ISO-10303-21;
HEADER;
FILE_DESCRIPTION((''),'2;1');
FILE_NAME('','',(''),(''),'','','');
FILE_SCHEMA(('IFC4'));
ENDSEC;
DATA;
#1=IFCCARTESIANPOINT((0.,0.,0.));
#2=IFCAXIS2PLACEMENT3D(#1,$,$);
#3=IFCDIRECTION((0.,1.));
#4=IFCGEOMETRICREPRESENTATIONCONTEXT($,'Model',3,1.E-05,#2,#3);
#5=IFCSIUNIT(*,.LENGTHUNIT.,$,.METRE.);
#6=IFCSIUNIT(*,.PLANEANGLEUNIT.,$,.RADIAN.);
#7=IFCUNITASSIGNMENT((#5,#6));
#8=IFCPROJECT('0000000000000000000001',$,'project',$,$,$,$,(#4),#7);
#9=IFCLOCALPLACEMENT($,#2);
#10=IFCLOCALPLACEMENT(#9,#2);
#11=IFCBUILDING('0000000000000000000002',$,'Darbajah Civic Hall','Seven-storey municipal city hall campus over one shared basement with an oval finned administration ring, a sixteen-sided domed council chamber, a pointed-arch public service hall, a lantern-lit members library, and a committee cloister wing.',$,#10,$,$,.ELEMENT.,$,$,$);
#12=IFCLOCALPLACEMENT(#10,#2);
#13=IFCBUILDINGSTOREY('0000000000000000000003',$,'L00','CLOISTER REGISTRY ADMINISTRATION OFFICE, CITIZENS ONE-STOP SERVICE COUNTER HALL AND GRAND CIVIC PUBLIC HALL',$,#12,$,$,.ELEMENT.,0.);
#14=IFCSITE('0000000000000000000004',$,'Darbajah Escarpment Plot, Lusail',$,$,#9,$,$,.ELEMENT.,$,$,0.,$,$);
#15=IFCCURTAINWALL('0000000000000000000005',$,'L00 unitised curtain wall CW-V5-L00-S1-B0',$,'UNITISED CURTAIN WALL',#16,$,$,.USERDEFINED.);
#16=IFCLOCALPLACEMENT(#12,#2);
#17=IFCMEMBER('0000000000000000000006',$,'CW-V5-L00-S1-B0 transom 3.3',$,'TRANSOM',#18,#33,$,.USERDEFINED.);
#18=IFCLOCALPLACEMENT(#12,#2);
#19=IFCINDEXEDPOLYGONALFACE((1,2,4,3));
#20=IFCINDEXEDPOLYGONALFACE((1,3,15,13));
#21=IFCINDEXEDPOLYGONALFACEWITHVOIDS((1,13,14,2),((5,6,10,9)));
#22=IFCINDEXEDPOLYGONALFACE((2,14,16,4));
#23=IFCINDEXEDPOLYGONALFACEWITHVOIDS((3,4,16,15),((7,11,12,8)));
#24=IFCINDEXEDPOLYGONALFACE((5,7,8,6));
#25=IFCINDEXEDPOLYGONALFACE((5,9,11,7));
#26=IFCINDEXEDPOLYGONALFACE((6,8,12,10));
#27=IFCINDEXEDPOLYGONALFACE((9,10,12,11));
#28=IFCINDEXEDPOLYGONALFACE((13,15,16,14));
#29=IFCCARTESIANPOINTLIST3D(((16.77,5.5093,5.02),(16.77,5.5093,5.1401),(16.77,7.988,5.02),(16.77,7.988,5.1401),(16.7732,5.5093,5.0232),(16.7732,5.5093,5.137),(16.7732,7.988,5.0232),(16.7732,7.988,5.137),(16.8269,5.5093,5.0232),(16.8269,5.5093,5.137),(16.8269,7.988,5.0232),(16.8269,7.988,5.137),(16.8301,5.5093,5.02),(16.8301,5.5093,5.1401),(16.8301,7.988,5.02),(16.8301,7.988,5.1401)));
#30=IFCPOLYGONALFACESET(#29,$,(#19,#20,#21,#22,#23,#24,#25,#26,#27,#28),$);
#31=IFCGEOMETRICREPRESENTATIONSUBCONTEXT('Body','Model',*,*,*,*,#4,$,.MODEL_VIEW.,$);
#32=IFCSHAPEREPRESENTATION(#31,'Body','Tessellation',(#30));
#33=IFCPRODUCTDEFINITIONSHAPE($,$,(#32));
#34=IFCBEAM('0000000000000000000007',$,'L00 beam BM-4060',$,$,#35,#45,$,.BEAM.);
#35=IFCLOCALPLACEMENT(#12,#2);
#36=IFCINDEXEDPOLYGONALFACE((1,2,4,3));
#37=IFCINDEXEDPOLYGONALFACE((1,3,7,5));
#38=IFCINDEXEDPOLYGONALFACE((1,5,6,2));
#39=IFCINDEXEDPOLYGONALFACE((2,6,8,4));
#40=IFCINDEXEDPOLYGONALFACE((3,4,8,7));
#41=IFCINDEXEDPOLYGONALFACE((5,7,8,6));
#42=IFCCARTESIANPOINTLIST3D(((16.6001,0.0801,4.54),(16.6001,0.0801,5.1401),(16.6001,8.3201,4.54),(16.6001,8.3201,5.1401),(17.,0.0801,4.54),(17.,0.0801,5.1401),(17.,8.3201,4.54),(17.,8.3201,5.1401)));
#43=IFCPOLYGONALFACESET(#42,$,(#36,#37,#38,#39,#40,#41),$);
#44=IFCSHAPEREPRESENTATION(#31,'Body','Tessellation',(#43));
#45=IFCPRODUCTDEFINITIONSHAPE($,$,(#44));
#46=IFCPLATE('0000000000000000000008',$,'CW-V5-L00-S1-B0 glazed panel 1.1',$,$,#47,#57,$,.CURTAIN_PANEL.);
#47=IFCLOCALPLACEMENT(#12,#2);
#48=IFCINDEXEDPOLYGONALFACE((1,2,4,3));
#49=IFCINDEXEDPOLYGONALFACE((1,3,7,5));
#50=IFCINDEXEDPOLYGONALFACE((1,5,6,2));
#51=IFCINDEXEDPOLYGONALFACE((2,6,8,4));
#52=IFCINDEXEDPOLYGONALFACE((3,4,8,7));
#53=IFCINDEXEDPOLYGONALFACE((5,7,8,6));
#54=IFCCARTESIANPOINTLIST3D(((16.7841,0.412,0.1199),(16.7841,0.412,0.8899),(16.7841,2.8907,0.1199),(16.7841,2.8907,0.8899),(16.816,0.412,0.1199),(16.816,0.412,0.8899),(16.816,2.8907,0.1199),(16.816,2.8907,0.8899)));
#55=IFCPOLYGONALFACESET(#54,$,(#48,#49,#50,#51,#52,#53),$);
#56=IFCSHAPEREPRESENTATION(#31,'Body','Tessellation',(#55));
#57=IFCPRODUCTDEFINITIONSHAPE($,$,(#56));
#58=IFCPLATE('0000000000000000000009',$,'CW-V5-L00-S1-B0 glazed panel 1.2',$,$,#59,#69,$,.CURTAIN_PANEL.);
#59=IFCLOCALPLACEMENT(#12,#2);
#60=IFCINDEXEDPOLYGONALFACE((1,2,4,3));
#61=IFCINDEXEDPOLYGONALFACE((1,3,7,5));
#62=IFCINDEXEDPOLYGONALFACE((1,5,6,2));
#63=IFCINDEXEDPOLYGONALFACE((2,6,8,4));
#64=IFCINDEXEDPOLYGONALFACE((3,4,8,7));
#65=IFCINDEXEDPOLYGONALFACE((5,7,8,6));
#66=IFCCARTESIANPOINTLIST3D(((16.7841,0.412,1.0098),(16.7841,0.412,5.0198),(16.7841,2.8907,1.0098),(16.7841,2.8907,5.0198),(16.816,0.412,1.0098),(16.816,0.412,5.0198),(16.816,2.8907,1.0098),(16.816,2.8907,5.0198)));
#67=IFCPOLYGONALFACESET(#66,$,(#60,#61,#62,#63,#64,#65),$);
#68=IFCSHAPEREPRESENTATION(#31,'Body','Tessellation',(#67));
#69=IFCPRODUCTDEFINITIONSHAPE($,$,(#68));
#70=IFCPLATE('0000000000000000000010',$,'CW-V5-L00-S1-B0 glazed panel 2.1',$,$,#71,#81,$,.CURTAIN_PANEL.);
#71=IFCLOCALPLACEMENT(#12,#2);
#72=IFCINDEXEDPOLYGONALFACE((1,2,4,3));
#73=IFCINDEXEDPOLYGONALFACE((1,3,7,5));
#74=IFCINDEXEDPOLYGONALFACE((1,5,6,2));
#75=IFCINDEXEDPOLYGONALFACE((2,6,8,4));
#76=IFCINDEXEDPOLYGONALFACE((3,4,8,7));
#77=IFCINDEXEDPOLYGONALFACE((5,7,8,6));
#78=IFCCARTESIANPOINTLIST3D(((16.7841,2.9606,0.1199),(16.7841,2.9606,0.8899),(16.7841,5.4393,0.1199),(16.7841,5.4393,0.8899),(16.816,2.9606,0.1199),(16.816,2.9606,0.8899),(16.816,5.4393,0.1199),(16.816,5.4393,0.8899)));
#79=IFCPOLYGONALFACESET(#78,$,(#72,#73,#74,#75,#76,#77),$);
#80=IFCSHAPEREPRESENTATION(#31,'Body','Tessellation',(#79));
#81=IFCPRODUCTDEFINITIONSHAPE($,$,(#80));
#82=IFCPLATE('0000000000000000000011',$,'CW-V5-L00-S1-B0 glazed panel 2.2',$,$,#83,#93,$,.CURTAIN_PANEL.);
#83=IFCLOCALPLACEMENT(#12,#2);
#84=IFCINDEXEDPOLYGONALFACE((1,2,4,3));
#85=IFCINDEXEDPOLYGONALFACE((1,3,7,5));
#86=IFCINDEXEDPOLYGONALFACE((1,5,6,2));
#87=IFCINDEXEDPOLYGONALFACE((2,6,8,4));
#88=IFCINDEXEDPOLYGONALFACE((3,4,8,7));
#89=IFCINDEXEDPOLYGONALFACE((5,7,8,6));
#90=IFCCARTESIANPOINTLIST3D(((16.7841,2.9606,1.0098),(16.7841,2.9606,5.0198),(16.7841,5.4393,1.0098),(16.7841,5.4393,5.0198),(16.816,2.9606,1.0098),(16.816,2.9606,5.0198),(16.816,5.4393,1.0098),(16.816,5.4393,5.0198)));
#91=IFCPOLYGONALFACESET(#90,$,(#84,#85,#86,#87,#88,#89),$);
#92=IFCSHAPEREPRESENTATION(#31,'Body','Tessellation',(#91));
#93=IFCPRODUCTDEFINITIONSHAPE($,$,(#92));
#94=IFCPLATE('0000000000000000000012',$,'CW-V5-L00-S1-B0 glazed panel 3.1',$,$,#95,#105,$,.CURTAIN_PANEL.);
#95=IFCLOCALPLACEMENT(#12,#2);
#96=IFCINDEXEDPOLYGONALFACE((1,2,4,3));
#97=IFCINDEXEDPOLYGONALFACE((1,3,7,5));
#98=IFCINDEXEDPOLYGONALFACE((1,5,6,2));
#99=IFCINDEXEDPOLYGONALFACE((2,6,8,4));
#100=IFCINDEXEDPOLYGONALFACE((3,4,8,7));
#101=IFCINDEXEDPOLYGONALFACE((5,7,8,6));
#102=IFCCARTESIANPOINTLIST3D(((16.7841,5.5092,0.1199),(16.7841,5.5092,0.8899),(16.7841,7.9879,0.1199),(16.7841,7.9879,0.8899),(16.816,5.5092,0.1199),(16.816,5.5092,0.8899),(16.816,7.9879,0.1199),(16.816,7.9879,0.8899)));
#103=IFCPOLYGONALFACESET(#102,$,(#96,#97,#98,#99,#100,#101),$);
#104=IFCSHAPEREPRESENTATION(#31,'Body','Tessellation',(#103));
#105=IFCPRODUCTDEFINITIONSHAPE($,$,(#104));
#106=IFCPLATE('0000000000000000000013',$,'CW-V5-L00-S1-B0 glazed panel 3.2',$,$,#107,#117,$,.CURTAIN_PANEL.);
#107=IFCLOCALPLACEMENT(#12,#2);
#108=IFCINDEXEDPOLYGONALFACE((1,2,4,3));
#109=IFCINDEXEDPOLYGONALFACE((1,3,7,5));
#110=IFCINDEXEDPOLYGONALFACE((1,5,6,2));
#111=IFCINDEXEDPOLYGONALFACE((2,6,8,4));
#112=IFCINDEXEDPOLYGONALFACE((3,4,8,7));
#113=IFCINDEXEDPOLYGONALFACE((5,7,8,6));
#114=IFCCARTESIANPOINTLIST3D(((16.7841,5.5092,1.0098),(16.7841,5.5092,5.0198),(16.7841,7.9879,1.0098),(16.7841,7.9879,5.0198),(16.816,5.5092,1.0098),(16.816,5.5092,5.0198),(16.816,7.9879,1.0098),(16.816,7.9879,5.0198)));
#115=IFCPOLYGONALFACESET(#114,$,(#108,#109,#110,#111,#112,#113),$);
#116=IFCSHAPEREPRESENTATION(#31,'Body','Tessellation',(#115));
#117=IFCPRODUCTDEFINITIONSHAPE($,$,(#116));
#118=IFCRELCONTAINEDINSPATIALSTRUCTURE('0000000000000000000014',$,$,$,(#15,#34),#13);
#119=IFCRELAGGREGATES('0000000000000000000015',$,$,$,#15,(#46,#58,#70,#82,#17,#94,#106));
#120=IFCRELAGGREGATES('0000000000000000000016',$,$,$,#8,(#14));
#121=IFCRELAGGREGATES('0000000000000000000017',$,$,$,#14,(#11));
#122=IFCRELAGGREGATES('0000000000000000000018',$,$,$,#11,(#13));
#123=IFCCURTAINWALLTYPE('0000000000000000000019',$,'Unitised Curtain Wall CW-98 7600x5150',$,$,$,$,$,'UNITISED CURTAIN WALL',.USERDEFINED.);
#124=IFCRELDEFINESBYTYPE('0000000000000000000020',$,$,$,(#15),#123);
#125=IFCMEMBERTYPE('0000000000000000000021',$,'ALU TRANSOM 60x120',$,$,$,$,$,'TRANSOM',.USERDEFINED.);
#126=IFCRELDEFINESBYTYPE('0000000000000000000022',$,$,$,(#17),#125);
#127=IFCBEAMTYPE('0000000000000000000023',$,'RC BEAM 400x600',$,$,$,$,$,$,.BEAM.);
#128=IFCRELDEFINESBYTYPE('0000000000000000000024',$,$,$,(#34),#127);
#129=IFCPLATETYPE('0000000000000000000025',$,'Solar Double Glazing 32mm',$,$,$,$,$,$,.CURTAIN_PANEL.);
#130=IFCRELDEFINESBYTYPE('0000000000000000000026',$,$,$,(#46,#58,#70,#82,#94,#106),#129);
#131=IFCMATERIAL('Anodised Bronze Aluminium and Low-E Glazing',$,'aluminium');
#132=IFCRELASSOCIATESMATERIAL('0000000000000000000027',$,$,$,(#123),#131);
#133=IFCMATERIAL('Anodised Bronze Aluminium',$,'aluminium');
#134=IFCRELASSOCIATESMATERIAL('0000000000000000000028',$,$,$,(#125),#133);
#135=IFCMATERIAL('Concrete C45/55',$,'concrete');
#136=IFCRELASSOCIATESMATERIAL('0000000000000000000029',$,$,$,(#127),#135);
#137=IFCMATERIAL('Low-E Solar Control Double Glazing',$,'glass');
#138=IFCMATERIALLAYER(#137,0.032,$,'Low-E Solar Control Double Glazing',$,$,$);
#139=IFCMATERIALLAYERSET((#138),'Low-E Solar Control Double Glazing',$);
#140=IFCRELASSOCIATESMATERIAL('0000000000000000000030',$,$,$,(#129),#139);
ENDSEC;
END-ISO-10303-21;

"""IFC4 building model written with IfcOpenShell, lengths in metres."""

from ifc_helpers import new_model, si_unit, direction, frame, origin, origin_2d, place, context, subcontext, project, spatial, rectangle, hollow_rectangle, extrude, material, layer, layer_set, material_profile, profile_set, type_object, element, aggregate, save


model = new_model("IFC4")

# Units and contexts
model_context = context("Model", 3, precision=1e-05, world=origin(), true_north=direction((0.0, 1.0)))
body_context = subcontext(model_context, "Body", "Model", "MODEL_VIEW")
ifc_project = project(units=[si_unit("LENGTHUNIT", "METRE"), si_unit("PLANEANGLEUNIT", "RADIAN")], contexts=[model_context])

# Site, building, storey
site_placement = place(None, origin())
site = spatial("IfcSite", under=ifc_project, at=site_placement, Name="Darbajah Escarpment Plot, Lusail", CompositionType="ELEMENT", RefElevation=0.0)
building_placement = place(site_placement, origin())
building = spatial("IfcBuilding", under=site, at=building_placement, Name="Darbajah Civic Hall", Description="Seven-storey municipal city hall campus over one shared basement with an oval finned administration ring, a sixteen-sided domed council chamber, a pointed-arch public service hall, a lantern-lit members library, and a committee cloister wing.", CompositionType="ELEMENT")
storey_placement = place(building_placement, origin())
storey = spatial("IfcBuildingStorey", under=building, at=storey_placement, Name="L00", Description="CLOISTER REGISTRY ADMINISTRATION OFFICE, CITIZENS ONE-STOP SERVICE COUNTER HALL AND GRAND CIVIC PUBLIC HALL", CompositionType="ELEMENT", Elevation=0.0)

# Curtain wall, member
ifc_material_1 = material(Name="Anodised Bronze Aluminium and Low-E Glazing", Category="aluminium")
curtain_wall_type = type_object("IfcCurtainWallType", Name="Unitised Curtain Wall CW-98 7600x5150", ElementType="UNITISED CURTAIN WALL", PredefinedType="USERDEFINED", material=ifc_material_1)
curtain_wall_placement = place(storey_placement, origin())
curtain_wall = element("IfcCurtainWall", 1, at=curtain_wall_placement, inside=storey, type_object=curtain_wall_type, Name="L00 unitised curtain wall CW-V5-L00-S1-B0", ObjectType="UNITISED CURTAIN WALL", PredefinedType="USERDEFINED")
ifc_material_2 = material(Name="Anodised Bronze Aluminium", Category="aluminium")
ifc_material_profile_1 = material_profile(ifc_material_2, hollow_rectangle(XDim=0.0601, YDim=0.1201, WallThickness=0.0032, at=origin_2d()), Name="ALU TRANSOM 60x120")
ifc_profile_set_1 = profile_set([ifc_material_profile_1], Name="Anodised Bronze Aluminium")
member_type_1 = type_object("IfcMemberType", Name="ALU TRANSOM 60x120", ElementType="TRANSOM", PredefinedType="USERDEFINED", material=ifc_profile_set_1)
member_1_placement = place(storey_placement, frame((16.8, 5.5093, 5.0801), z_axis=(0.0, 1.0, 0.0), x_axis=(-1.0, 0.0, 0.0)))
member_1 = element("IfcMember", 2, at=member_1_placement, type_object=member_type_1, Name="CW-V5-L00-S1-B0 transom 3.3", ObjectType="TRANSOM", PredefinedType="USERDEFINED", context=body_context, shape_type="SweptSolid", body=[
    extrude(hollow_rectangle(XDim=0.0601, YDim=0.1201, WallThickness=0.0032, at=origin_2d()), origin(), (0.0, 0.0, 1.0), 2.4788),
])

# Beam
ifc_material_3 = material(Name="Concrete C45/55", Category="concrete")
ifc_material_profile_2 = material_profile(ifc_material_3, rectangle(XDim=0.3999, YDim=0.6001, at=origin_2d()), Name="RC BEAM 400x600")
ifc_profile_set_2 = profile_set([ifc_material_profile_2], Name="Concrete C45/55")
beam_type = type_object("IfcBeamType", Name="RC BEAM 400x600", PredefinedType="BEAM", material=ifc_profile_set_2)
beam_placement = place(storey_placement, frame((16.8, 0.0801, 4.8401), z_axis=(0.0, 1.0, 0.0), x_axis=(-1.0, 0.0, 0.0)))
element("IfcBeam", 3, at=beam_placement, inside=storey, type_object=beam_type, Name="L00 beam BM-4060", PredefinedType="BEAM", context=body_context, shape_type="SweptSolid", body=[
    extrude(rectangle(XDim=0.3999, YDim=0.6001, at=origin_2d()), origin(), (0.0, 0.0, 1.0), 8.24),
])

# Plates
ifc_material_4 = material(Name="Low-E Solar Control Double Glazing", Category="glass")
ifc_layer = layer(ifc_material_4, 0.032, Name="Low-E Solar Control Double Glazing")
ifc_layer_set = layer_set([ifc_layer], Name="Low-E Solar Control Double Glazing")
plate_type = type_object("IfcPlateType", Name="Solar Double Glazing 32mm", PredefinedType="CURTAIN_PANEL", material=ifc_layer_set)
plate_1_placement = place(storey_placement, frame((16.8, 1.6514, 0.1199), z_axis=(0.0, 0.0, 1.0), x_axis=(0.0, 1.0, 0.0)))
plate_1 = element("IfcPlate", 4, at=plate_1_placement, type_object=plate_type, Name="CW-V5-L00-S1-B0 glazed panel 1.1", PredefinedType="CURTAIN_PANEL", context=body_context, shape_type="SweptSolid", body=[
    extrude(rectangle(XDim=2.4788, YDim=0.032, at=origin_2d()), origin(), (0.0, 0.0, 1.0), 0.77),
])
plate_2_placement = place(storey_placement, frame((16.8, 1.6514, 1.0098), z_axis=(0.0, 0.0, 1.0), x_axis=(0.0, 1.0, 0.0)))
plate_2 = element("IfcPlate", 5, at=plate_2_placement, type_object=plate_type, Name="CW-V5-L00-S1-B0 glazed panel 1.2", PredefinedType="CURTAIN_PANEL", context=body_context, shape_type="SweptSolid", body=[
    extrude(rectangle(XDim=2.4788, YDim=0.032, at=origin_2d()), origin(), (0.0, 0.0, 1.0), 4.01),
])
plate_3_placement = place(storey_placement, frame((16.8, 4.2, 0.1199), z_axis=(0.0, 0.0, 1.0), x_axis=(0.0, 1.0, 0.0)))
plate_3 = element("IfcPlate", 6, at=plate_3_placement, type_object=plate_type, Name="CW-V5-L00-S1-B0 glazed panel 2.1", PredefinedType="CURTAIN_PANEL", context=body_context, shape_type="SweptSolid", body=[
    extrude(rectangle(XDim=2.4788, YDim=0.032, at=origin_2d()), origin(), (0.0, 0.0, 1.0), 0.77),
])
plate_4_placement = place(storey_placement, frame((16.8, 4.2, 1.0098), z_axis=(0.0, 0.0, 1.0), x_axis=(0.0, 1.0, 0.0)))
plate_4 = element("IfcPlate", 7, at=plate_4_placement, type_object=plate_type, Name="CW-V5-L00-S1-B0 glazed panel 2.2", PredefinedType="CURTAIN_PANEL", context=body_context, shape_type="SweptSolid", body=[
    extrude(rectangle(XDim=2.4788, YDim=0.032, at=origin_2d()), origin(), (0.0, 0.0, 1.0), 4.01),
])
plate_5_placement = place(storey_placement, frame((16.8, 6.7485, 0.1199), z_axis=(0.0, 0.0, 1.0), x_axis=(0.0, 1.0, 0.0)))
plate_5 = element("IfcPlate", 8, at=plate_5_placement, type_object=plate_type, Name="CW-V5-L00-S1-B0 glazed panel 3.1", PredefinedType="CURTAIN_PANEL", context=body_context, shape_type="SweptSolid", body=[
    extrude(rectangle(XDim=2.4788, YDim=0.032, at=origin_2d()), origin(), (0.0, 0.0, 1.0), 0.77),
])
plate_6_placement = place(storey_placement, frame((16.8, 6.7485, 1.0098), z_axis=(0.0, 0.0, 1.0), x_axis=(0.0, 1.0, 0.0)))
plate_6 = element("IfcPlate", 9, at=plate_6_placement, type_object=plate_type, Name="CW-V5-L00-S1-B0 glazed panel 3.2", PredefinedType="CURTAIN_PANEL", context=body_context, shape_type="SweptSolid", body=[
    extrude(rectangle(XDim=2.4788, YDim=0.032, at=origin_2d()), origin(), (0.0, 0.0, 1.0), 4.01),
])
aggregate(curtain_wall, [plate_1, plate_2, plate_3, plate_4, member_1, plate_5, plate_6])

save(model, "model.ifc")
